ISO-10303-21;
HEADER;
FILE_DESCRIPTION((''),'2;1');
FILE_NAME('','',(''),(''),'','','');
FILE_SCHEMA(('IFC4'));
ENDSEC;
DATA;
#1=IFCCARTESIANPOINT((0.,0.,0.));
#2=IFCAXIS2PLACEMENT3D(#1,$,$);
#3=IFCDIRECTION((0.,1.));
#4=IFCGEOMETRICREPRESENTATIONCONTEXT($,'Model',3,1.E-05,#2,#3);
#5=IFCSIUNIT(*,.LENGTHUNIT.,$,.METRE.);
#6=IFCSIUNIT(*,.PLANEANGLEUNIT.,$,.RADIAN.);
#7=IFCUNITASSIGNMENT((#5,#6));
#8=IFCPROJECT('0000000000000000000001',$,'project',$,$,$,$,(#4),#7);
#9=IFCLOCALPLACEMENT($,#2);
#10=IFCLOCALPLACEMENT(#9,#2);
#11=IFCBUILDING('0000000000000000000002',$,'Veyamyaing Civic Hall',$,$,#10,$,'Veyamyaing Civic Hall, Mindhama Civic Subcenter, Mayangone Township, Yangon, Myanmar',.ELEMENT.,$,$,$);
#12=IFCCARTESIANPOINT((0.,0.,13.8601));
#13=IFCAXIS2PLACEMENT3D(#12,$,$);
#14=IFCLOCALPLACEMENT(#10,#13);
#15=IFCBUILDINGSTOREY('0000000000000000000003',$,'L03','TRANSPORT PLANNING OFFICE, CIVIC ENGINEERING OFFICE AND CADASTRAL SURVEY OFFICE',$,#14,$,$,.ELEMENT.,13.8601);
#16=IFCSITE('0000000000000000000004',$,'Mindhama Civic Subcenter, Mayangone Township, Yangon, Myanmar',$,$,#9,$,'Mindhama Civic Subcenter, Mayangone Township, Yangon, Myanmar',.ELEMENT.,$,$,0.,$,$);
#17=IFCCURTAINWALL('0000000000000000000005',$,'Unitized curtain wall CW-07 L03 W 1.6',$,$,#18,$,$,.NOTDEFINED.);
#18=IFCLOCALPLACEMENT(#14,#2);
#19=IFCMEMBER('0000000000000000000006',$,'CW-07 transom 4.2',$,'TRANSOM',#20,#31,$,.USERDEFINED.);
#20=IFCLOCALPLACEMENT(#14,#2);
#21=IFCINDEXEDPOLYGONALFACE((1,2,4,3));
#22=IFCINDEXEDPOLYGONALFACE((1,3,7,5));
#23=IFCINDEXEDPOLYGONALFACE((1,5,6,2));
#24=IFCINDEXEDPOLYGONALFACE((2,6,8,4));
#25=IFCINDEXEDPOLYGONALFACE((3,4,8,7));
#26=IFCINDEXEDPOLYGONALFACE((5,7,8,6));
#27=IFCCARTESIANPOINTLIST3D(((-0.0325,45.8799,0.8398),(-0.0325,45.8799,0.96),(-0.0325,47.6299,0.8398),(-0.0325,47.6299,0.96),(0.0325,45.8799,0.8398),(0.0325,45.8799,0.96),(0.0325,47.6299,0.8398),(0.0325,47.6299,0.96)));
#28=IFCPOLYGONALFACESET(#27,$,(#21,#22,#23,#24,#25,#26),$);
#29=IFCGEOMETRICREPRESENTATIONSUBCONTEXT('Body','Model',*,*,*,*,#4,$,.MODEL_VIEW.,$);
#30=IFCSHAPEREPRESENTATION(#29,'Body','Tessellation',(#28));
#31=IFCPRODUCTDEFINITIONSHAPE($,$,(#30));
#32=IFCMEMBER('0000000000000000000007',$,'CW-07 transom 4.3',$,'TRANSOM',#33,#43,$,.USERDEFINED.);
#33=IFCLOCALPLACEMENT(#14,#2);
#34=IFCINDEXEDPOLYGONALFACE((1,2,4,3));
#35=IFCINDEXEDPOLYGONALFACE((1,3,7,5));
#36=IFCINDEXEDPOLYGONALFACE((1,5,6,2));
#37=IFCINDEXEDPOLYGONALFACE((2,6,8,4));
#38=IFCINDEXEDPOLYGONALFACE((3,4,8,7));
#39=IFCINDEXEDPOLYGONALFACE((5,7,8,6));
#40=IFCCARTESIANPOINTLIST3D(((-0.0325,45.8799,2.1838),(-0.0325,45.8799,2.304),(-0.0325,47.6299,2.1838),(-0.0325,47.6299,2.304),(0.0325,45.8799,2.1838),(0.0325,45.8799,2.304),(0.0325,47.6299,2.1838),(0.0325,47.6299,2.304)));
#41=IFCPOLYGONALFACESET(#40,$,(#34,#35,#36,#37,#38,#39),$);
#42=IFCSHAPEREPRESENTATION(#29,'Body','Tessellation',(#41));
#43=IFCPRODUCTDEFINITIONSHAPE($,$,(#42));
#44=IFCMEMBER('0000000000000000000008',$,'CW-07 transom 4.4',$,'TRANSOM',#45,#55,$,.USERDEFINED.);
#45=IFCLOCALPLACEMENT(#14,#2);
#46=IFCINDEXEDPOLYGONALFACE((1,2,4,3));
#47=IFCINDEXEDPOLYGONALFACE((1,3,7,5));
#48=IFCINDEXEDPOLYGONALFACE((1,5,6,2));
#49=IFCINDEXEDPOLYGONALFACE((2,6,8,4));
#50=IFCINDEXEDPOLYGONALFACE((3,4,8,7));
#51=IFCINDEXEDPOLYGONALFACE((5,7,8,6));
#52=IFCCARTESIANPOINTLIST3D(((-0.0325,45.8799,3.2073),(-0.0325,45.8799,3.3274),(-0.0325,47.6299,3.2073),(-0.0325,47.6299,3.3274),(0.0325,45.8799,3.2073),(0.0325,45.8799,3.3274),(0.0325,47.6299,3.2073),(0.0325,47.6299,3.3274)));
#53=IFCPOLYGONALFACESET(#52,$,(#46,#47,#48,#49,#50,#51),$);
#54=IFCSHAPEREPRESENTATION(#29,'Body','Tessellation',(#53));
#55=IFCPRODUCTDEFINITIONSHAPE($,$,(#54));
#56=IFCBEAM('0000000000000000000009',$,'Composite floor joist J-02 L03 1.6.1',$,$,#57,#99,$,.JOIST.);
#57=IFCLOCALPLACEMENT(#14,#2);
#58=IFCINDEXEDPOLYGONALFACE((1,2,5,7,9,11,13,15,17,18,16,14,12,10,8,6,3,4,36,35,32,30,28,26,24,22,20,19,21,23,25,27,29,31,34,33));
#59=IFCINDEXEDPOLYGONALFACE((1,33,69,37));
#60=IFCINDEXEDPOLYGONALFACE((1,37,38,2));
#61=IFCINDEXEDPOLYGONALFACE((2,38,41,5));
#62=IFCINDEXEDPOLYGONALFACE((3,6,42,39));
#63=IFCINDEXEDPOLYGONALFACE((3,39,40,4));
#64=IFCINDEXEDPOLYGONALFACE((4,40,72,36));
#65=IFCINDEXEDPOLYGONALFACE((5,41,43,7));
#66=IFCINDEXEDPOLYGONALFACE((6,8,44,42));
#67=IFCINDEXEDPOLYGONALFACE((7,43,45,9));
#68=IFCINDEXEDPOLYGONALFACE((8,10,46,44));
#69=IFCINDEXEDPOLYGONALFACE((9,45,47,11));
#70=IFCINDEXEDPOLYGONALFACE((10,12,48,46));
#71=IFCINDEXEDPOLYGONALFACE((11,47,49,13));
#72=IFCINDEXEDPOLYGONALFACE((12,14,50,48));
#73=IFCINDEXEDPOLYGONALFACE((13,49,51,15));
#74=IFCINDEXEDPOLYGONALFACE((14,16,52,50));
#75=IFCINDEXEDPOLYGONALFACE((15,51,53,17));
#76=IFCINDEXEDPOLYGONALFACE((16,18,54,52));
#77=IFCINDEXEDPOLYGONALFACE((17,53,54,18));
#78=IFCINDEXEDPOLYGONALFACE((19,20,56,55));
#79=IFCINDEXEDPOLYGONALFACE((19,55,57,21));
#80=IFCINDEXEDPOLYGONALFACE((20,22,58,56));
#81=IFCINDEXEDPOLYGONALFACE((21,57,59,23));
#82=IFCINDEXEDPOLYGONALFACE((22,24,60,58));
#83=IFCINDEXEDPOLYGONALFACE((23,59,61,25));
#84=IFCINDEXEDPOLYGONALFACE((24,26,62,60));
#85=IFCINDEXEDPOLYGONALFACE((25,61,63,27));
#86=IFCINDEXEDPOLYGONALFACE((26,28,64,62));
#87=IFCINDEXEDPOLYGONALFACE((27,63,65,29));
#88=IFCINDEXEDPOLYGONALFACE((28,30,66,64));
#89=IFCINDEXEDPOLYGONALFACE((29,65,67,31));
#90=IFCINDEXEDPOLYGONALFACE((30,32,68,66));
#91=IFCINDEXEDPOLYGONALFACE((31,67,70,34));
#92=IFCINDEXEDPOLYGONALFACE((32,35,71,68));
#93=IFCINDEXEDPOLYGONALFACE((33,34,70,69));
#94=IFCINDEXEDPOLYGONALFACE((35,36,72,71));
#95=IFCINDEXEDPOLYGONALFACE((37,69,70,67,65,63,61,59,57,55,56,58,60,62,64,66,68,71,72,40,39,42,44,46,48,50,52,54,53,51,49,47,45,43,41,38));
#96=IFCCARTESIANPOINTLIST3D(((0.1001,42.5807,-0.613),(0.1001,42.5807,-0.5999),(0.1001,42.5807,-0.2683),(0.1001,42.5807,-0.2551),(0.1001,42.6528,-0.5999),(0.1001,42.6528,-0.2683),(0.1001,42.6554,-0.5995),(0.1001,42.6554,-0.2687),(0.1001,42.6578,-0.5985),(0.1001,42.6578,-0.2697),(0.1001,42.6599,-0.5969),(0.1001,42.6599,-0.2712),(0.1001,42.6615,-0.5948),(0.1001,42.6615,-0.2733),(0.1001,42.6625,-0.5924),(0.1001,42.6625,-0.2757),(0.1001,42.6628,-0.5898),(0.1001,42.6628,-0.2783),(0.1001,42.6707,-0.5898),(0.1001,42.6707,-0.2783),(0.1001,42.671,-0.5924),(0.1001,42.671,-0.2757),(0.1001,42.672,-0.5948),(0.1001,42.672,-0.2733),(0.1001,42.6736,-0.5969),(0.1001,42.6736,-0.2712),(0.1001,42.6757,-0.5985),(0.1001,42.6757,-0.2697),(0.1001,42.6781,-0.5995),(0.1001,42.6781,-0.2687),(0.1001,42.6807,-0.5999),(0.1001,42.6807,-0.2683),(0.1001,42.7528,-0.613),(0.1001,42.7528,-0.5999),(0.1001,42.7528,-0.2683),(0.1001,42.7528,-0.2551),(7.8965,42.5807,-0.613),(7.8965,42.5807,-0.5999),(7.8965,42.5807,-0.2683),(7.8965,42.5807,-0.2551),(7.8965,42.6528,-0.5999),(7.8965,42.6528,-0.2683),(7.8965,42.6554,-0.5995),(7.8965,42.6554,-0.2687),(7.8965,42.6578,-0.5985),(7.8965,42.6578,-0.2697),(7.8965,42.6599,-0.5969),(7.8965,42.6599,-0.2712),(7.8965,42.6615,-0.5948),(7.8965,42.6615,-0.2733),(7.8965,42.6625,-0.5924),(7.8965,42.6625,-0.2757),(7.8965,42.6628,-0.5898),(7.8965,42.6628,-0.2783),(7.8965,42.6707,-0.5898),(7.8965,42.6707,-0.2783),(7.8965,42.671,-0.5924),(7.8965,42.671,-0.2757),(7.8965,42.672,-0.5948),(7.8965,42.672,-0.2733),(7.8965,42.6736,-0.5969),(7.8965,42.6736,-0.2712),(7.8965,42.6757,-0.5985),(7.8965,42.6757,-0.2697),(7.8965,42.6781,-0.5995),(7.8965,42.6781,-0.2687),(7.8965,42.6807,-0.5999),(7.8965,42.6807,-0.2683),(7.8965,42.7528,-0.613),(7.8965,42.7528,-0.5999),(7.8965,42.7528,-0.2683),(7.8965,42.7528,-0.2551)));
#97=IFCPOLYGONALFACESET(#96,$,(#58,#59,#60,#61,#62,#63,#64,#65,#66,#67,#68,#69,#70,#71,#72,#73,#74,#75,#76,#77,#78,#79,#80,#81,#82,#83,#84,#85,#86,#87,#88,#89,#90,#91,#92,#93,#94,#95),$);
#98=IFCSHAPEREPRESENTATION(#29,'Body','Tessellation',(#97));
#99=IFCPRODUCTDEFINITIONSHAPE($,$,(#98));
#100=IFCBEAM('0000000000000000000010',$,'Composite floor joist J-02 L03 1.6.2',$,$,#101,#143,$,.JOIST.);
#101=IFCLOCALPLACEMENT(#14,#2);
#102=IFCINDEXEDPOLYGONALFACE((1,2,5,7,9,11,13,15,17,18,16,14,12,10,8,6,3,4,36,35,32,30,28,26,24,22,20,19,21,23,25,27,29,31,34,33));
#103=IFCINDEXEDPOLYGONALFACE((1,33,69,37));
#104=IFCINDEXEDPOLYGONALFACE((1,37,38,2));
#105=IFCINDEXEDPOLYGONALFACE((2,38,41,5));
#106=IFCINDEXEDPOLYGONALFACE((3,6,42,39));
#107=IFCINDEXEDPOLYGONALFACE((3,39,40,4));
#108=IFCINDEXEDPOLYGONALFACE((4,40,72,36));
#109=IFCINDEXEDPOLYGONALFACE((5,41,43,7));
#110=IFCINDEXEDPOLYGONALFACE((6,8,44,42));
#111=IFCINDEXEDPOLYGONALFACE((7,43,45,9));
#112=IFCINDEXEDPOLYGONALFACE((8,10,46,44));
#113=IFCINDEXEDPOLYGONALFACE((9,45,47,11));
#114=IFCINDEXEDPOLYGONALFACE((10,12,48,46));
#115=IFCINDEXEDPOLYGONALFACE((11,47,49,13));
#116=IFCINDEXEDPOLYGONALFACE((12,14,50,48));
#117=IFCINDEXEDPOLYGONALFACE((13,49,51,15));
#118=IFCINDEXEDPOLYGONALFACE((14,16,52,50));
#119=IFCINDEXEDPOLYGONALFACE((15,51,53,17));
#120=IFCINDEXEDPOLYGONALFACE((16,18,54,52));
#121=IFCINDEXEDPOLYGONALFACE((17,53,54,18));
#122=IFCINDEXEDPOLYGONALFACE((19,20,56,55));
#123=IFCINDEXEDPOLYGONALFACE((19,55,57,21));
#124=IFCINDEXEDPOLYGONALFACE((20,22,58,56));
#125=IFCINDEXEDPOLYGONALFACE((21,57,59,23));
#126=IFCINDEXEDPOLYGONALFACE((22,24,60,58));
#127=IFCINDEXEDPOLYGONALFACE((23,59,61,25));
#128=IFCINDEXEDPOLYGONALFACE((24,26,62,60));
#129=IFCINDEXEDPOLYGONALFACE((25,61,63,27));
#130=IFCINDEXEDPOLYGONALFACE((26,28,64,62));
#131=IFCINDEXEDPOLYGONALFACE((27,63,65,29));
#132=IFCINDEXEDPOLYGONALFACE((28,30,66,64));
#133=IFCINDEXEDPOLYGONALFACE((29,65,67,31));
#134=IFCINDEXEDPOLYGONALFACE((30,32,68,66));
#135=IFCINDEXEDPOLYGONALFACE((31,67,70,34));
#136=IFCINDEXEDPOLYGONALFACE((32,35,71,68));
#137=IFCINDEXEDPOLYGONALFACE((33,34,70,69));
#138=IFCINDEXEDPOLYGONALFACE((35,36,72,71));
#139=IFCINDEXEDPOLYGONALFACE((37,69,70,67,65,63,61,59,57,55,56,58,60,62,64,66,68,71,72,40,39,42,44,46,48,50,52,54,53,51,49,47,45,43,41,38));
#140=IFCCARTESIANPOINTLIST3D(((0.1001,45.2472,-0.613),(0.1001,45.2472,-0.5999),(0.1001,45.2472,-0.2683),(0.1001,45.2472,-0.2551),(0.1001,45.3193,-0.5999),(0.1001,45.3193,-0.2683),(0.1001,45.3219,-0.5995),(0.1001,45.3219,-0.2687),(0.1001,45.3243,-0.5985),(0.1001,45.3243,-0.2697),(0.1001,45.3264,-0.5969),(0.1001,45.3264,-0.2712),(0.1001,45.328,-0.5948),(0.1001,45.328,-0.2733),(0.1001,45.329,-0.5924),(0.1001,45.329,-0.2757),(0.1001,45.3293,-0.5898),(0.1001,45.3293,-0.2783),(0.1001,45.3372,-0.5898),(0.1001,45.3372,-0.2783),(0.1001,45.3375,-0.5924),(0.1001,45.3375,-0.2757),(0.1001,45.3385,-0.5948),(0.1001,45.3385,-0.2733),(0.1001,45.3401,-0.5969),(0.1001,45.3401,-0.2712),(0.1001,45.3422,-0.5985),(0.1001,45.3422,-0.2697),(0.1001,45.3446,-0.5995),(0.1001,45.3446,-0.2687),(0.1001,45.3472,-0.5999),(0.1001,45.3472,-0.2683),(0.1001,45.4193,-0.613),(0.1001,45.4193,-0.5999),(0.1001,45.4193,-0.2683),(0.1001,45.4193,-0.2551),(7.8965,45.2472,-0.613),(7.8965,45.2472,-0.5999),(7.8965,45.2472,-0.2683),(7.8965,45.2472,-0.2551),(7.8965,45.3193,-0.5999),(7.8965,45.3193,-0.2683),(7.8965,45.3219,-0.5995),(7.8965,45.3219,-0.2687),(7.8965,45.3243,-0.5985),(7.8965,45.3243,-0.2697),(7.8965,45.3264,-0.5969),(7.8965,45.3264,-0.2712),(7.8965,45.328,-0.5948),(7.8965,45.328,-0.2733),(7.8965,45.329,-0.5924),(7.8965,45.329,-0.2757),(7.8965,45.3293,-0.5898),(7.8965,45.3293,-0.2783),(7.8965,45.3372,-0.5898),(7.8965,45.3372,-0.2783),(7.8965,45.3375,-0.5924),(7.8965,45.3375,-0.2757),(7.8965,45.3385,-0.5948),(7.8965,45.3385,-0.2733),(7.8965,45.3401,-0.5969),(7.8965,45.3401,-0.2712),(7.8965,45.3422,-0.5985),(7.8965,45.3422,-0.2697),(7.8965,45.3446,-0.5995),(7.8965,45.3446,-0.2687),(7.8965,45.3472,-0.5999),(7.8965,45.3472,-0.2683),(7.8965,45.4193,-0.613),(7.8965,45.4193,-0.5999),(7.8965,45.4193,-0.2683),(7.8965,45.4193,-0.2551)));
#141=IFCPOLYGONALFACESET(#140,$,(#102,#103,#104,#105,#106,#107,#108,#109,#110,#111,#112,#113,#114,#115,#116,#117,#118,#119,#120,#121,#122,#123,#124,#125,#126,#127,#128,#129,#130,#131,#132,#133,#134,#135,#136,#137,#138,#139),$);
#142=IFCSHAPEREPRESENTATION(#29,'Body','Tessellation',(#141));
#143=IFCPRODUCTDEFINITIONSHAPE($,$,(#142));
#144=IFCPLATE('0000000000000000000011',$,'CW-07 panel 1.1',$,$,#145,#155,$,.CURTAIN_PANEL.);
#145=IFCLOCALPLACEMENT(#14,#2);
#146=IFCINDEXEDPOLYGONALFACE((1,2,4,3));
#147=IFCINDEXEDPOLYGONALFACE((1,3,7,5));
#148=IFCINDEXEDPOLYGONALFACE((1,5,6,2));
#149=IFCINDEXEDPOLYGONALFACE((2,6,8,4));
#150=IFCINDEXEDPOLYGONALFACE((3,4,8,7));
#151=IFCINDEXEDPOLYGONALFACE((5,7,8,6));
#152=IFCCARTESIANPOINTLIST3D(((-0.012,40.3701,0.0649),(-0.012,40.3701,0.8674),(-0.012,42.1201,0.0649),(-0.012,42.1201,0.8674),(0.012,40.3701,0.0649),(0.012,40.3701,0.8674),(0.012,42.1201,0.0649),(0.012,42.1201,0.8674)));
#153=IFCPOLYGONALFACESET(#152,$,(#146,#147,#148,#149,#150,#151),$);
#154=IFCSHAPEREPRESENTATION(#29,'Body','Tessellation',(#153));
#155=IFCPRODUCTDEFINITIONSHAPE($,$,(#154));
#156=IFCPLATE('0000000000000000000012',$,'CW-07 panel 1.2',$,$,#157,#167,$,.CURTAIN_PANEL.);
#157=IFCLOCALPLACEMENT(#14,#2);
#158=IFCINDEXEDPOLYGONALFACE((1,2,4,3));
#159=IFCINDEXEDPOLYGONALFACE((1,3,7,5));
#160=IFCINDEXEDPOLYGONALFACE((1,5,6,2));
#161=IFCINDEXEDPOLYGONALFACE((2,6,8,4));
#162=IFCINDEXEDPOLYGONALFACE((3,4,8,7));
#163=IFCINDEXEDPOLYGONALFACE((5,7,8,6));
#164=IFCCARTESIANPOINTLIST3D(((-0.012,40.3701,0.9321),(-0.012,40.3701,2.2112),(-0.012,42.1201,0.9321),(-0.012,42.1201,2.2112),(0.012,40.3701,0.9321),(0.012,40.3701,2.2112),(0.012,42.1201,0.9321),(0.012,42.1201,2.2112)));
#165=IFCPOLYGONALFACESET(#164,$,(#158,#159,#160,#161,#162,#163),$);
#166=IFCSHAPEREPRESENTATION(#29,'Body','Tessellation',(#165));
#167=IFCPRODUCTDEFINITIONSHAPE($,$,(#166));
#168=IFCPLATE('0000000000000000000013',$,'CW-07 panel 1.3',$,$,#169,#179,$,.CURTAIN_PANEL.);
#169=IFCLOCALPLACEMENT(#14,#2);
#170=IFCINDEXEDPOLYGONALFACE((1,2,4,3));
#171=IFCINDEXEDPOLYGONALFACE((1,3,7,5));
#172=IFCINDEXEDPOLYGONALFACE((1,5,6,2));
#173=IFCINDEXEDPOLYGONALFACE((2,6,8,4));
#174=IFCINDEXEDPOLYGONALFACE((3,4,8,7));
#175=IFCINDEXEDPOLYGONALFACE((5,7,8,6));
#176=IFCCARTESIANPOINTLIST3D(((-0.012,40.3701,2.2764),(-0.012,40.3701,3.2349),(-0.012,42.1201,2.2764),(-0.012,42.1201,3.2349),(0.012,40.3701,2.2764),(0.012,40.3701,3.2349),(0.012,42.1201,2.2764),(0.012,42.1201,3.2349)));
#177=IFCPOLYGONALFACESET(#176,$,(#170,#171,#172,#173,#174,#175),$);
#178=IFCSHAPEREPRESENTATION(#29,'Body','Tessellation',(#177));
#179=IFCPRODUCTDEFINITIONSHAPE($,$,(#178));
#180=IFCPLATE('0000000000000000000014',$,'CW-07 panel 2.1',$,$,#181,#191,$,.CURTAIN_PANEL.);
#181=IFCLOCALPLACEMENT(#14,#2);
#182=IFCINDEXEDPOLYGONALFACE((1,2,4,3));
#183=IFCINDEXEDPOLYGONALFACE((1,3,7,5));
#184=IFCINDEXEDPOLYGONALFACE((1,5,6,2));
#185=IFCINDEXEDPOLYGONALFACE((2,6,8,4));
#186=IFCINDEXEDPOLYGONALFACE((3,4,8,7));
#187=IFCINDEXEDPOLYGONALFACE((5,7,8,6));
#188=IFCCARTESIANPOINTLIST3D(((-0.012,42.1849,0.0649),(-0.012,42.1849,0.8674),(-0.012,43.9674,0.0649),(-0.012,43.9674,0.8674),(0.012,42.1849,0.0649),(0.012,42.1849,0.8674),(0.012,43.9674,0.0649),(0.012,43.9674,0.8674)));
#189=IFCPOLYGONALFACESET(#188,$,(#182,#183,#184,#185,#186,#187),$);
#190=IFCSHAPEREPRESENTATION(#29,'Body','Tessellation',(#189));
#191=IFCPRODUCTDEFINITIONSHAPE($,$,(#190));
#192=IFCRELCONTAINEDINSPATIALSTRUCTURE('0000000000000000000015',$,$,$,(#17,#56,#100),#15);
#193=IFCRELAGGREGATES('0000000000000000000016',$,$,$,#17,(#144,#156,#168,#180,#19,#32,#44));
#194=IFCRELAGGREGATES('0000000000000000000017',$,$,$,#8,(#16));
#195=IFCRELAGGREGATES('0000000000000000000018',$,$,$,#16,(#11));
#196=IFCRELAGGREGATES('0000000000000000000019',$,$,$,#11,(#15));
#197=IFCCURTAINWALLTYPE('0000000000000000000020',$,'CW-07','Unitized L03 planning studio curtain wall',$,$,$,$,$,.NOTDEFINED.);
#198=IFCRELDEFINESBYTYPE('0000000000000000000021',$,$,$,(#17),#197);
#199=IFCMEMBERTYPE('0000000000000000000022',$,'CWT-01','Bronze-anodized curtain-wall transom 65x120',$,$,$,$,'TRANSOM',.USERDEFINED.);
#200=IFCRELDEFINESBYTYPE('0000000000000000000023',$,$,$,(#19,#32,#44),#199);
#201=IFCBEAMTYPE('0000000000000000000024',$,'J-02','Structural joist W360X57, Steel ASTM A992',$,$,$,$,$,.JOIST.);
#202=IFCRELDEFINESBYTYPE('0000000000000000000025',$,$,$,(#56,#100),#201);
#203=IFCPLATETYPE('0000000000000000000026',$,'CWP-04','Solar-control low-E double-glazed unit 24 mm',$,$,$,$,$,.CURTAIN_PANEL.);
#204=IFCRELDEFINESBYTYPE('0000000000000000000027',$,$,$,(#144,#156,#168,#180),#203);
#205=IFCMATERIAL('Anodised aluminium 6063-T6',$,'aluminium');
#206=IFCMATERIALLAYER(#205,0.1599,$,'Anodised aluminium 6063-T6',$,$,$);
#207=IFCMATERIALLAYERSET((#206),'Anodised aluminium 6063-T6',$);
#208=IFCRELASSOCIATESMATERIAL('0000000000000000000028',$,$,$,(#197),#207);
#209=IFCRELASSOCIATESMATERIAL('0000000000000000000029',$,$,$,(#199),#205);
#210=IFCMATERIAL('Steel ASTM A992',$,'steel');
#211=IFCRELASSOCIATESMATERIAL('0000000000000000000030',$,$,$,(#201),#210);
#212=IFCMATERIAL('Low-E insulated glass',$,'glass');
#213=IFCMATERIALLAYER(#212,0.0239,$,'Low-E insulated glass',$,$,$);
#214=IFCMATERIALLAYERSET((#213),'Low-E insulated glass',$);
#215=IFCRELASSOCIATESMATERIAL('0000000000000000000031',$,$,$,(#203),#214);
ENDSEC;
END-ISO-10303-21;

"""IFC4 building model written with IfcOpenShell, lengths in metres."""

from ifc_helpers import new_model, si_unit, direction, frame, origin, origin_2d, place, context, subcontext, project, spatial, rectangle, i_section, extrude, material, layer, layer_set, material_profile, profile_set, type_object, element, aggregate, save


model = new_model("IFC4")

# Units and contexts
model_context = context("Model", 3, precision=1e-05, world=origin(), true_north=direction((0.0, 1.0)))
body_context = subcontext(model_context, "Body", "Model", "MODEL_VIEW")
ifc_project = project(units=[si_unit("LENGTHUNIT", "METRE"), si_unit("PLANEANGLEUNIT", "RADIAN")], contexts=[model_context])

# Site, building, storey
site_placement = place(None, origin())
site = spatial("IfcSite", under=ifc_project, at=site_placement, Name="Mindhama Civic Subcenter, Mayangone Township, Yangon, Myanmar", LongName="Mindhama Civic Subcenter, Mayangone Township, Yangon, Myanmar", CompositionType="ELEMENT", RefElevation=0.0)
building_placement = place(site_placement, origin())
building = spatial("IfcBuilding", under=site, at=building_placement, Name="Veyamyaing Civic Hall", LongName="Veyamyaing Civic Hall, Mindhama Civic Subcenter, Mayangone Township, Yangon, Myanmar", CompositionType="ELEMENT")
storey_placement = place(building_placement, frame((0.0, 0.0, 13.8601)))
storey = spatial("IfcBuildingStorey", under=building, at=storey_placement, Name="L03", Description="TRANSPORT PLANNING OFFICE, CIVIC ENGINEERING OFFICE AND CADASTRAL SURVEY OFFICE", CompositionType="ELEMENT", Elevation=13.8601)

# Curtain wall, members
ifc_material_1 = material(Name="Anodised aluminium 6063-T6", Category="aluminium")
ifc_layer_1 = layer(ifc_material_1, 0.1599, Name="Anodised aluminium 6063-T6")
ifc_layer_set_1 = layer_set([ifc_layer_1], Name="Anodised aluminium 6063-T6")
curtain_wall_type = type_object("IfcCurtainWallType", Name="CW-07", Description="Unitized L03 planning studio curtain wall", PredefinedType="NOTDEFINED", material=ifc_layer_set_1)
curtain_wall_placement = place(storey_placement, origin())
curtain_wall = element("IfcCurtainWall", 1, at=curtain_wall_placement, inside=storey, type_object=curtain_wall_type, Name="Unitized curtain wall CW-07 L03 W 1.6", PredefinedType="NOTDEFINED")
ifc_material_profile_1 = material_profile(ifc_material_1, rectangle(XDim=0.0649, YDim=0.1201, at=origin_2d()), Name="ALU-TRN-65X120")
ifc_profile_set_1 = profile_set([ifc_material_profile_1], Name="Anodised aluminium 6063-T6")
member_type_1 = type_object("IfcMemberType", Name="CWT-01", Description="Bronze-anodized curtain-wall transom 65x120", ElementType="TRANSOM", PredefinedType="USERDEFINED", material=ifc_profile_set_1)
member_1_placement = place(storey_placement, frame((0.0, 45.8799, 0.8999), z_axis=(0.0, 1.0, 0.0), x_axis=(-1.0, 0.0, 0.0)))
member_1 = element("IfcMember", 2, at=member_1_placement, type_object=member_type_1, Name="CW-07 transom 4.2", ObjectType="TRANSOM", PredefinedType="USERDEFINED", context=body_context, shape_type="SweptSolid", body=[
    extrude(rectangle(XDim=0.0649, YDim=0.1201, at=origin_2d()), origin(), (0.0, 0.0, 1.0), 1.75),
])
member_2_placement = place(storey_placement, frame((0.0, 45.8799, 2.2439), z_axis=(0.0, 1.0, 0.0), x_axis=(-1.0, 0.0, 0.0)))
member_2 = element("IfcMember", 3, at=member_2_placement, type_object=member_type_1, Name="CW-07 transom 4.3", ObjectType="TRANSOM", PredefinedType="USERDEFINED", context=body_context, shape_type="SweptSolid", body=[
    extrude(rectangle(XDim=0.0649, YDim=0.1201, at=origin_2d()), origin(), (0.0, 0.0, 1.0), 1.75),
])
member_3_placement = place(storey_placement, frame((0.0, 45.8799, 3.2673), z_axis=(0.0, 1.0, 0.0), x_axis=(-1.0, 0.0, 0.0)))
member_3 = element("IfcMember", 4, at=member_3_placement, type_object=member_type_1, Name="CW-07 transom 4.4", ObjectType="TRANSOM", PredefinedType="USERDEFINED", context=body_context, shape_type="SweptSolid", body=[
    extrude(rectangle(XDim=0.0649, YDim=0.1201, at=origin_2d()), origin(), (0.0, 0.0, 1.0), 1.75),
])

# Beams
ifc_material_2 = material(Name="Steel ASTM A992", Category="steel")
ifc_material_profile_2 = material_profile(ifc_material_2, i_section(OverallWidth=0.1721, OverallDepth=0.3579, WebThickness=0.0078, FlangeThickness=0.0132, FilletRadius=0.01, at=origin_2d()), Name="W360X57")
ifc_profile_set_2 = profile_set([ifc_material_profile_2], Name="Steel ASTM A992")
beam_type = type_object("IfcBeamType", Name="J-02", Description="Structural joist W360X57, Steel ASTM A992", PredefinedType="JOIST", material=ifc_profile_set_2)
for number, where, z_axis, x_axis, name in (
    (5, (0.1001, 42.6667, -0.4341), (1.0, 0.0, 0.0), (0.0, 1.0, 0.0), "Composite floor joist J-02 L03 1.6.1"),
    (6, (0.1001, 45.3333, -0.4341), (1.0, 0.0, 0.0), (0.0, 1.0, 0.0), "Composite floor joist J-02 L03 1.6.2"),
):
    element("IfcBeam", number, at=place(storey_placement, frame(where, z_axis=z_axis, x_axis=x_axis)), inside=storey, type_object=beam_type, Name=name, PredefinedType="JOIST", context=body_context, shape_type="SweptSolid", body=[
        extrude(i_section(OverallWidth=0.1721, OverallDepth=0.3579, WebThickness=0.0078, FlangeThickness=0.0132, FilletRadius=0.01, at=origin_2d()), origin(), (0.0, 0.0, 1.0), 7.7964),
    ])

# Plates
ifc_material_3 = material(Name="Low-E insulated glass", Category="glass")
ifc_layer_2 = layer(ifc_material_3, 0.0239, Name="Low-E insulated glass")
ifc_layer_set_2 = layer_set([ifc_layer_2], Name="Low-E insulated glass")
plate_type = type_object("IfcPlateType", Name="CWP-04", Description="Solar-control low-E double-glazed unit 24 mm", PredefinedType="CURTAIN_PANEL", material=ifc_layer_set_2)
plate_1_placement = place(storey_placement, frame((0.0, 41.2451, 0.0649), z_axis=(0.0, 0.0, 1.0), x_axis=(0.0, 1.0, 0.0)))
plate_1 = element("IfcPlate", 7, at=plate_1_placement, type_object=plate_type, Name="CW-07 panel 1.1", PredefinedType="CURTAIN_PANEL", context=body_context, shape_type="SweptSolid", body=[
    extrude(rectangle(XDim=1.75, YDim=0.0239, at=origin_2d()), origin(), (0.0, 0.0, 1.0), 0.8025),
])
plate_2_placement = place(storey_placement, frame((0.0, 41.2451, 0.9321), z_axis=(0.0, 0.0, 1.0), x_axis=(0.0, 1.0, 0.0)))
plate_2 = element("IfcPlate", 8, at=plate_2_placement, type_object=plate_type, Name="CW-07 panel 1.2", PredefinedType="CURTAIN_PANEL", context=body_context, shape_type="SweptSolid", body=[
    extrude(rectangle(XDim=1.75, YDim=0.0239, at=origin_2d()), origin(), (0.0, 0.0, 1.0), 1.2791),
])
plate_3_placement = place(storey_placement, frame((0.0, 41.2451, 2.2764), z_axis=(0.0, 0.0, 1.0), x_axis=(0.0, 1.0, 0.0)))
plate_3 = element("IfcPlate", 9, at=plate_3_placement, type_object=plate_type, Name="CW-07 panel 1.3", PredefinedType="CURTAIN_PANEL", context=body_context, shape_type="SweptSolid", body=[
    extrude(rectangle(XDim=1.75, YDim=0.0239, at=origin_2d()), origin(), (0.0, 0.0, 1.0), 0.9585),
])
plate_4_placement = place(storey_placement, frame((0.0, 43.0762, 0.0649), z_axis=(0.0, 0.0, 1.0), x_axis=(0.0, 1.0, 0.0)))
plate_4 = element("IfcPlate", 10, at=plate_4_placement, type_object=plate_type, Name="CW-07 panel 2.1", PredefinedType="CURTAIN_PANEL", context=body_context, shape_type="SweptSolid", body=[
    extrude(rectangle(XDim=1.7825, YDim=0.0239, at=origin_2d()), origin(), (0.0, 0.0, 1.0), 0.8025),
])
aggregate(curtain_wall, [plate_1, plate_2, plate_3, plate_4, member_1, member_2, member_3])

save(model, "model.ifc")
